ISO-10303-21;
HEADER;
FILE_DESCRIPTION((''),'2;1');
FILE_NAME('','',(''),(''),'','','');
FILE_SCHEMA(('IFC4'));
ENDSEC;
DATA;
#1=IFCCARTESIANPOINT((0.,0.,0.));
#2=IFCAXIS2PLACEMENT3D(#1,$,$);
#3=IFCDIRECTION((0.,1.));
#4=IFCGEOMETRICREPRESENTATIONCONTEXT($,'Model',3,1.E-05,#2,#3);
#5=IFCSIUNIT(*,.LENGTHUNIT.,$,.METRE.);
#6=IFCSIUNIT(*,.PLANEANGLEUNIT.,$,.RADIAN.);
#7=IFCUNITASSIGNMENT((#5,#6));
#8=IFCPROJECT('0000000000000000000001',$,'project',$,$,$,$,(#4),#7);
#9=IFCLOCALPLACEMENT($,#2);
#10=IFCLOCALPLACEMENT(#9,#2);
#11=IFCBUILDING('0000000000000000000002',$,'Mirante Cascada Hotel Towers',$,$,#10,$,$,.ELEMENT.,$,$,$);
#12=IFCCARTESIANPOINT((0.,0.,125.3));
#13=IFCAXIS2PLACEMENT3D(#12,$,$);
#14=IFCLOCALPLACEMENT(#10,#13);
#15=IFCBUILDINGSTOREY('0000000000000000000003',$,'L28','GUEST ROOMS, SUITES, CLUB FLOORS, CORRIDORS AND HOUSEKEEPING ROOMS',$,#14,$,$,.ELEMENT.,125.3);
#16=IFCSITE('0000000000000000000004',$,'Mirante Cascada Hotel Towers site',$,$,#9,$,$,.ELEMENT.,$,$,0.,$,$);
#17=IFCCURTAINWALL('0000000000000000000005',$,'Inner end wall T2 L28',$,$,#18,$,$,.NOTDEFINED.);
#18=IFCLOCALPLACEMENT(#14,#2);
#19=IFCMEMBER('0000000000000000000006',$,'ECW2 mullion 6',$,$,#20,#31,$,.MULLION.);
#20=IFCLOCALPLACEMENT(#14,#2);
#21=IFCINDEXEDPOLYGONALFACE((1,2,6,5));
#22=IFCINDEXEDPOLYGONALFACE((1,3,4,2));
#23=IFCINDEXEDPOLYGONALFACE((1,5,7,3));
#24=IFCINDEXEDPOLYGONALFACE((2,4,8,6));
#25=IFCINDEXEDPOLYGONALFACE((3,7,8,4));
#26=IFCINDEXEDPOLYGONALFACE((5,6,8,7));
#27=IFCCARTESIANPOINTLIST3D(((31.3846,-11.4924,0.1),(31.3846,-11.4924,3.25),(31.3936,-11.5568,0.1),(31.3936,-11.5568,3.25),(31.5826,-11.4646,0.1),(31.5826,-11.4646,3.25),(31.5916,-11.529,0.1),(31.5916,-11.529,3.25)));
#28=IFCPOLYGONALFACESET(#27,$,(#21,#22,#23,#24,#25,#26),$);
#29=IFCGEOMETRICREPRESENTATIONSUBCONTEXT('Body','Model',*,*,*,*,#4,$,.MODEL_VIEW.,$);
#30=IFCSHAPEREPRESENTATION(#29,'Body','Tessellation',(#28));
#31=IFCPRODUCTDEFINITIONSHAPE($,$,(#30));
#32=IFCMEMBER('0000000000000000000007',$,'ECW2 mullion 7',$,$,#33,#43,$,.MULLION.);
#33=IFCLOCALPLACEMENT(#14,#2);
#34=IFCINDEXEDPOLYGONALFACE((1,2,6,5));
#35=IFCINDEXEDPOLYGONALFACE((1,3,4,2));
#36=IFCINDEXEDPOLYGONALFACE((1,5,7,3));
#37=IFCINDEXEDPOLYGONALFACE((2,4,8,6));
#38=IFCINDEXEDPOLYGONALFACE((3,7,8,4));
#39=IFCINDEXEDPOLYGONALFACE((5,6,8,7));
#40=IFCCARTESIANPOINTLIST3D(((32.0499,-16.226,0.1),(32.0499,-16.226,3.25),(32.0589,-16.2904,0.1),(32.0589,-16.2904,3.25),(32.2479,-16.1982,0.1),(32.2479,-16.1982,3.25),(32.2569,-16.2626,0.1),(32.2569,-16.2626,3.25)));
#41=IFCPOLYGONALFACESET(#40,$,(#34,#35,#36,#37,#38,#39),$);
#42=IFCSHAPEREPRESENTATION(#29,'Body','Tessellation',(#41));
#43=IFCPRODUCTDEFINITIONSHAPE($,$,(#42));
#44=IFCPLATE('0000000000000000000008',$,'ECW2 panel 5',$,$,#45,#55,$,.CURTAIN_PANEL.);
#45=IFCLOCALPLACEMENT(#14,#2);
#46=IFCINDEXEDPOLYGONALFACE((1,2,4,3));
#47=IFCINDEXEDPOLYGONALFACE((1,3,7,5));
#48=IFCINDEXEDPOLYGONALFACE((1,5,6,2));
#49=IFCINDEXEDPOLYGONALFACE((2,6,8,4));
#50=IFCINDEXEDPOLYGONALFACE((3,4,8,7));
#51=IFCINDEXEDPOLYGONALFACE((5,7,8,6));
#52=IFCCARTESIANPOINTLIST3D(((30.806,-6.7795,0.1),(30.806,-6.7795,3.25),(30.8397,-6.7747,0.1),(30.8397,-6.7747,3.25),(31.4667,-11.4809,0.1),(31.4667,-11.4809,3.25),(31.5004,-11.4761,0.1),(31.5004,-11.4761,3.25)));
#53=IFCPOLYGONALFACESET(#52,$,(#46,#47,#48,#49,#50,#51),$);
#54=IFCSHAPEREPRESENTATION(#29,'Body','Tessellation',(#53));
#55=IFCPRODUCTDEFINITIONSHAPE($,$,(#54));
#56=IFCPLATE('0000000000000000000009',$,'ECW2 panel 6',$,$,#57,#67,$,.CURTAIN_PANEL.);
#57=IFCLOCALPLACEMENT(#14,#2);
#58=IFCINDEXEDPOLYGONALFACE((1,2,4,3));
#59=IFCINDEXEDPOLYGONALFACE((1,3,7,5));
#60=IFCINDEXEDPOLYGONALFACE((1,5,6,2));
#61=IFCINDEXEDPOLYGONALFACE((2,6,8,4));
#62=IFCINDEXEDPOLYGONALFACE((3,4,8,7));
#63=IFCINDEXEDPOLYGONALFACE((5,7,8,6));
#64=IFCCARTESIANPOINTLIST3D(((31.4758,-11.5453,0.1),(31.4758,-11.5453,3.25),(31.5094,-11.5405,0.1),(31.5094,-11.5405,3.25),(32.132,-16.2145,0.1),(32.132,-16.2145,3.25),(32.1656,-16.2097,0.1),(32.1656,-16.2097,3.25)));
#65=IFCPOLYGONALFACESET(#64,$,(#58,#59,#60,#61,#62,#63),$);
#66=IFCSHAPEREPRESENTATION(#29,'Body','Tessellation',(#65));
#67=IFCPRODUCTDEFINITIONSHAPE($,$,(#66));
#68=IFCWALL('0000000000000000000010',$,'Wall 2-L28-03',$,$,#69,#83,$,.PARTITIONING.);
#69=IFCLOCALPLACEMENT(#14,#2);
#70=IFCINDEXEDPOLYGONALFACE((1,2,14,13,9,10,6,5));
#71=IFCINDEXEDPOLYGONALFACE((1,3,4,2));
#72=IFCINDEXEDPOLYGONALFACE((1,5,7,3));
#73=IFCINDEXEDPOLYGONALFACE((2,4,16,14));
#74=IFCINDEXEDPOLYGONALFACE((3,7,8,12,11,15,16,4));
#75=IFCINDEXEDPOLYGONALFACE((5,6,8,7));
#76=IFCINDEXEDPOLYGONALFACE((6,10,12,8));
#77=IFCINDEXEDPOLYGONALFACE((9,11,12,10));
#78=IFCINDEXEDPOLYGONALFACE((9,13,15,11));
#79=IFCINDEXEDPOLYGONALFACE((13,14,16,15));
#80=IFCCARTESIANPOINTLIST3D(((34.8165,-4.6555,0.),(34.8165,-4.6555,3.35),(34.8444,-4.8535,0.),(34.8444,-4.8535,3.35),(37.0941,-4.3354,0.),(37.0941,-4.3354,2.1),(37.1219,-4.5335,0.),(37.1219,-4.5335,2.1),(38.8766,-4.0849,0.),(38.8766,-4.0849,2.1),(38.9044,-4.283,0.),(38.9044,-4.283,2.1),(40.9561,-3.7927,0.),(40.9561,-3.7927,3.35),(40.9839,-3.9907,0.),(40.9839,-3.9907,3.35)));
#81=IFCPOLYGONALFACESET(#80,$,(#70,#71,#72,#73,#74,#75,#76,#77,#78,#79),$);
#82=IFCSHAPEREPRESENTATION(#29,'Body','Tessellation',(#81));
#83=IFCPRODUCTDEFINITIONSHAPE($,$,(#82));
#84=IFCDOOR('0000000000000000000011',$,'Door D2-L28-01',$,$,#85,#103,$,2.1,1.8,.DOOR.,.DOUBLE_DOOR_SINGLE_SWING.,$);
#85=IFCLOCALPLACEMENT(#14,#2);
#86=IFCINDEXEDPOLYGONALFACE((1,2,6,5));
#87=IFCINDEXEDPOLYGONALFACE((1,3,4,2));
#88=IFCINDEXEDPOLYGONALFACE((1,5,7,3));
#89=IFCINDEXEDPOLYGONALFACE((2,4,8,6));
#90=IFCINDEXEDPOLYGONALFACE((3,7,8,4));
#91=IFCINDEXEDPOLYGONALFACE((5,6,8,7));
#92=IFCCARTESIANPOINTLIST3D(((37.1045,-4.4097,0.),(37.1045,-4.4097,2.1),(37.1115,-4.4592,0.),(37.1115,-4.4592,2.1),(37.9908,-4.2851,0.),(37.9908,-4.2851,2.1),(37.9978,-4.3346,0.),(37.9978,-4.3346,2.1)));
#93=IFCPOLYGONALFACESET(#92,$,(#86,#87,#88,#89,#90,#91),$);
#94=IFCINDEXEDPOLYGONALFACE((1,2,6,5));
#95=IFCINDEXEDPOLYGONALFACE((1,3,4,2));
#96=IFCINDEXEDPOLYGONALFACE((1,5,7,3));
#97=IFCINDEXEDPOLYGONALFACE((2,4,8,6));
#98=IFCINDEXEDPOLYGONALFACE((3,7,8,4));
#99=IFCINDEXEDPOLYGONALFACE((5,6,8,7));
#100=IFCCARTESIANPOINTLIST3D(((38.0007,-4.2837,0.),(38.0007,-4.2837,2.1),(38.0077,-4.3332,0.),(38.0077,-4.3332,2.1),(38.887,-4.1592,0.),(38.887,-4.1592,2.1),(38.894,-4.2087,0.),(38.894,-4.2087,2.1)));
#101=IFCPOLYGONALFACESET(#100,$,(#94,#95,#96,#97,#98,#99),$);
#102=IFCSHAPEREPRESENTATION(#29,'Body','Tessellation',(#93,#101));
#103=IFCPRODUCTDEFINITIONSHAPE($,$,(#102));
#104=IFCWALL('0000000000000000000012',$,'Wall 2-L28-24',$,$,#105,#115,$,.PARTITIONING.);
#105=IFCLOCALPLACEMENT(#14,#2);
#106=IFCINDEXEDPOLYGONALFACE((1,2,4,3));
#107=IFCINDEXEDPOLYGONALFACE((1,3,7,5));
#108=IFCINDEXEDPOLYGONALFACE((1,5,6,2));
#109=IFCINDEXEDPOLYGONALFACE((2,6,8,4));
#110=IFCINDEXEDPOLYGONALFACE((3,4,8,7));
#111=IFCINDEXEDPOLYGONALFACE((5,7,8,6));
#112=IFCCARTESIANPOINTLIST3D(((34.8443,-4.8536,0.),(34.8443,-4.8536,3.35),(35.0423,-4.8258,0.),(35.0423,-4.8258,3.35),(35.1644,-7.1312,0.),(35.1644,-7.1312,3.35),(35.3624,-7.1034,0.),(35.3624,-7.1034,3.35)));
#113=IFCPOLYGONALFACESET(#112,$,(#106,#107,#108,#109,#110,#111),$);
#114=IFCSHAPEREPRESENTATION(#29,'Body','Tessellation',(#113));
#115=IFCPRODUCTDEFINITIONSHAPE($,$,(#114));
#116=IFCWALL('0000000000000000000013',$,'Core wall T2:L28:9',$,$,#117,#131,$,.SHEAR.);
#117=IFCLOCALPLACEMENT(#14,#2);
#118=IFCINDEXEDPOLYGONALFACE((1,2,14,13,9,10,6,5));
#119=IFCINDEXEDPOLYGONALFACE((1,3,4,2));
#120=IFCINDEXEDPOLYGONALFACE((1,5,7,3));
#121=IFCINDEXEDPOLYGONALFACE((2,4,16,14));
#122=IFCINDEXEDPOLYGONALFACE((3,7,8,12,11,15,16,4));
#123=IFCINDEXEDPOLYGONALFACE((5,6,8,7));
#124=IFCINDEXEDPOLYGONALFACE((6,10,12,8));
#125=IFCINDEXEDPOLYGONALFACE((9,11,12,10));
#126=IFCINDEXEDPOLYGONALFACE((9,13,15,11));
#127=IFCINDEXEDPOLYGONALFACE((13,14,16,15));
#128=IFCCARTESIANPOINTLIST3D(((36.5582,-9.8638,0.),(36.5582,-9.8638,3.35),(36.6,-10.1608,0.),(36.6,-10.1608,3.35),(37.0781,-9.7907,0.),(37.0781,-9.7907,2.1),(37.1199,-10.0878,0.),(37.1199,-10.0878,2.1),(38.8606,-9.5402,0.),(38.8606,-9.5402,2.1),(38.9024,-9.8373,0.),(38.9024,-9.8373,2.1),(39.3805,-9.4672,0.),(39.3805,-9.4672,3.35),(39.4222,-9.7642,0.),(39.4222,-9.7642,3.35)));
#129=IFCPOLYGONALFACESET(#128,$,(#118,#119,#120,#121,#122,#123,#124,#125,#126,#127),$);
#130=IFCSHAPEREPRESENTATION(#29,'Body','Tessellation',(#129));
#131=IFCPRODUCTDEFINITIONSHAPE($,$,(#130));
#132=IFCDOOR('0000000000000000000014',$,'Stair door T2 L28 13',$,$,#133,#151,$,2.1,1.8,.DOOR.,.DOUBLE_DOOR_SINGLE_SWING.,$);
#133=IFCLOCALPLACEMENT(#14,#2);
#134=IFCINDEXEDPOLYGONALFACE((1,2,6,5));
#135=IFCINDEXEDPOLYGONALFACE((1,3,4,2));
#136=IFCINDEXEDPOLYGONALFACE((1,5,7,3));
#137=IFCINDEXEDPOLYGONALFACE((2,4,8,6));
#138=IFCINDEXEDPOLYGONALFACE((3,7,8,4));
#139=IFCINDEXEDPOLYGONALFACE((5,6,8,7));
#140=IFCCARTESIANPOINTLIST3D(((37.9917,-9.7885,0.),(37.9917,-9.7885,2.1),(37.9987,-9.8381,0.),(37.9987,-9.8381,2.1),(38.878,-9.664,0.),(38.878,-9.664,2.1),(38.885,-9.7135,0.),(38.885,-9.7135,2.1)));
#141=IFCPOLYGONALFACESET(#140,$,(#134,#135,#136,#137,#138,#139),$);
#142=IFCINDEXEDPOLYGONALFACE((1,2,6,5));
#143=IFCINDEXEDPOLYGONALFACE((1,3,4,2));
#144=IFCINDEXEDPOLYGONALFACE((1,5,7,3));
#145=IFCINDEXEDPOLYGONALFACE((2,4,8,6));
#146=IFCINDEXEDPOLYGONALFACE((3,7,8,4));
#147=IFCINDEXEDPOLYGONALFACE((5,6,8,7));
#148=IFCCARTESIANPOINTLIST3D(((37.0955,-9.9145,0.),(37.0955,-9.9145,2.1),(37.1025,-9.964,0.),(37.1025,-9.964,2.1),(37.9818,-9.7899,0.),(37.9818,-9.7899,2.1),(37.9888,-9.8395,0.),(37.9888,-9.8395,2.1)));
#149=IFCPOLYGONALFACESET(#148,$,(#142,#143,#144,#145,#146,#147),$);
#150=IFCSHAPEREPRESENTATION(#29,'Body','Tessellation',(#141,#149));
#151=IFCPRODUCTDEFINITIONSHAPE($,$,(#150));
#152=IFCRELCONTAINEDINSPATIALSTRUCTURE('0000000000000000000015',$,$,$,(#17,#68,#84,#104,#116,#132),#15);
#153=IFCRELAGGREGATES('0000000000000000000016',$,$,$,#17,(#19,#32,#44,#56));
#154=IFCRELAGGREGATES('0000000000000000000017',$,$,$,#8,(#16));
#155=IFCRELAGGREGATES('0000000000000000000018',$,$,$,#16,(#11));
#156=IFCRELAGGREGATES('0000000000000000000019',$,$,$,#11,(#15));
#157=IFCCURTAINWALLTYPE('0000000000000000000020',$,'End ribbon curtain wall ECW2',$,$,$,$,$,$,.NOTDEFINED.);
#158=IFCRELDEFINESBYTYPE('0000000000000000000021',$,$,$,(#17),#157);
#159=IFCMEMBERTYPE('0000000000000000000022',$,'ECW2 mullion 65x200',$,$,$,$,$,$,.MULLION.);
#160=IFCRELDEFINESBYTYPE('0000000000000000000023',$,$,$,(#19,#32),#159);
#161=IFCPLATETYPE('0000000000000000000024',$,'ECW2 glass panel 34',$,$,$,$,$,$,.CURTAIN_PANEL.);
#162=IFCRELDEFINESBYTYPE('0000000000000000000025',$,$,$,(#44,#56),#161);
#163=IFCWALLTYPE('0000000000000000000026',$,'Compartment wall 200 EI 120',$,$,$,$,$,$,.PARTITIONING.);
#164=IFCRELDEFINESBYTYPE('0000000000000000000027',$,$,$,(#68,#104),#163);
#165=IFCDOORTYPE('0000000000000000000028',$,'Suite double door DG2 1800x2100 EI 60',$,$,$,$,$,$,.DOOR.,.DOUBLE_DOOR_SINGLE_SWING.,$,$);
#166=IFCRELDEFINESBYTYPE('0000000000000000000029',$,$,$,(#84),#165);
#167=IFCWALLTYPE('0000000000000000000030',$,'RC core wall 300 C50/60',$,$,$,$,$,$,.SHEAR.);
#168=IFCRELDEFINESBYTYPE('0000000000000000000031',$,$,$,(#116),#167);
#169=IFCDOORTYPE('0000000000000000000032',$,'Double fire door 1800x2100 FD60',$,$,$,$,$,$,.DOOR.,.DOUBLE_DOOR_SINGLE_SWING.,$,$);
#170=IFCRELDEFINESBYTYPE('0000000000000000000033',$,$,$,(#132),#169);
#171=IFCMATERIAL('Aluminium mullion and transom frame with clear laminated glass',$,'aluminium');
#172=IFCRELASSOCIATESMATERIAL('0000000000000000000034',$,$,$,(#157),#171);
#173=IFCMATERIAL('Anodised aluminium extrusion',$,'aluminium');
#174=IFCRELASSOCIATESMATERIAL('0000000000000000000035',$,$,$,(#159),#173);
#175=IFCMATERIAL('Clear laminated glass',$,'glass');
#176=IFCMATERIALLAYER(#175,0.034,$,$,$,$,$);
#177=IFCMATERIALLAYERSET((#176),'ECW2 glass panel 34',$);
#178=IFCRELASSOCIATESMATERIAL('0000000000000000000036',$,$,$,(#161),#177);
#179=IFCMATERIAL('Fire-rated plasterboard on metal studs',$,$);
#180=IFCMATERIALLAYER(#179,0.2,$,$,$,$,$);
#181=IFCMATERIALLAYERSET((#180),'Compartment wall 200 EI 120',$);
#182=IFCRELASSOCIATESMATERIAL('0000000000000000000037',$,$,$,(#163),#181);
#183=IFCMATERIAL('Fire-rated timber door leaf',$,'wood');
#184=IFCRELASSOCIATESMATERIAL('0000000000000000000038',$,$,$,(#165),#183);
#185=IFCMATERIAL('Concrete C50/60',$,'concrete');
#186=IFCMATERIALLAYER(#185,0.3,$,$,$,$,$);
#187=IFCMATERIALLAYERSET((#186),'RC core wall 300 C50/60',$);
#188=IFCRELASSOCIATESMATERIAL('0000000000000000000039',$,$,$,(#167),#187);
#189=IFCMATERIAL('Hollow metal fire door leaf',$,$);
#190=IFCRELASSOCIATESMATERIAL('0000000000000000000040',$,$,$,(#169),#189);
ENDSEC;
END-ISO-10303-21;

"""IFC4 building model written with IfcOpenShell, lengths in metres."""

from ifc_helpers import new_model, si_unit, direction, frame, frame_2d, origin, origin_2d, place, context, subcontext, project, spatial, rectangle, extrude, material, layer, layer_set, material_profile, profile_set, type_object, element, fill, aggregate, save


model = new_model("IFC4")

# Units and contexts
model_context = context("Model", 3, precision=1e-05, world=origin(), true_north=direction((0.0, 1.0)))
body_context = subcontext(model_context, "Body", "Model", "MODEL_VIEW")
ifc_project = project(units=[si_unit("LENGTHUNIT", "METRE"), si_unit("PLANEANGLEUNIT", "RADIAN")], contexts=[model_context])

# Site, building, storey
site_placement = place(None, origin())
site = spatial("IfcSite", under=ifc_project, at=site_placement, Name="Mirante Cascada Hotel Towers site", CompositionType="ELEMENT", RefElevation=0.0)
building_placement = place(site_placement, origin())
building = spatial("IfcBuilding", under=site, at=building_placement, Name="Mirante Cascada Hotel Towers", CompositionType="ELEMENT")
storey_placement = place(building_placement, frame((0.0, 0.0, 125.3)))
storey = spatial("IfcBuildingStorey", under=building, at=storey_placement, Name="L28", Description="GUEST ROOMS, SUITES, CLUB FLOORS, CORRIDORS AND HOUSEKEEPING ROOMS", CompositionType="ELEMENT", Elevation=125.3)

# Curtain wall, members, plates
ifc_material_1 = material(Name="Aluminium mullion and transom frame with clear laminated glass", Category="aluminium")
curtain_wall_type = type_object("IfcCurtainWallType", Name="End ribbon curtain wall ECW2", PredefinedType="NOTDEFINED", material=ifc_material_1)
curtain_wall_placement = place(storey_placement, origin())
curtain_wall = element("IfcCurtainWall", 1, at=curtain_wall_placement, inside=storey, type_object=curtain_wall_type, Name="Inner end wall T2 L28", PredefinedType="NOTDEFINED")
ifc_material_2 = material(Name="Anodised aluminium extrusion", Category="aluminium")
ifc_material_profile = material_profile(ifc_material_2, rectangle(XDim=0.2, YDim=0.065, at=origin_2d()), Name="ECW2 MULLION 65x200")
ifc_profile_set = profile_set([ifc_material_profile], Name="Anodised aluminium extrusion")
member_type = type_object("IfcMemberType", Name="ECW2 mullion 65x200", PredefinedType="MULLION", material=ifc_profile_set)
member_1_placement = place(storey_placement, frame((31.4881, -11.5107, 0.1), z_axis=(0.0, 0.0, 1.0), x_axis=(0.990268, 0.139173, 0.0)))
member_1 = element("IfcMember", 2, at=member_1_placement, type_object=member_type, Name="ECW2 mullion 6", PredefinedType="MULLION", context=body_context, shape_type="SweptSolid", body=[
    extrude(rectangle(XDim=0.2, YDim=0.065, at=origin_2d()), origin(), (0.0, 0.0, 1.0), 3.15),
])
member_2_placement = place(storey_placement, frame((32.1534, -16.2443, 0.1), z_axis=(0.0, 0.0, 1.0), x_axis=(0.990268, 0.139173, 0.0)))
member_2 = element("IfcMember", 3, at=member_2_placement, type_object=member_type, Name="ECW2 mullion 7", PredefinedType="MULLION", context=body_context, shape_type="SweptSolid", body=[
    extrude(rectangle(XDim=0.2, YDim=0.065, at=origin_2d()), origin(), (0.0, 0.0, 1.0), 3.15),
])
ifc_material_3 = material(Name="Clear laminated glass", Category="glass")
ifc_layer_1 = layer(ifc_material_3, 0.034)
ifc_layer_set_1 = layer_set([ifc_layer_1], Name="ECW2 glass panel 34")
plate_type = type_object("IfcPlateType", Name="ECW2 glass panel 34", PredefinedType="CURTAIN_PANEL", material=ifc_layer_set_1)
plate_1_placement = place(storey_placement, frame((31.1532, -9.1278, 0.1), z_axis=(0.0, 0.0, 1.0), x_axis=(0.139173, -0.990268, 0.0)))
plate_1 = element("IfcPlate", 4, at=plate_1_placement, type_object=plate_type, Name="ECW2 panel 5", PredefinedType="CURTAIN_PANEL", context=body_context, shape_type="SweptSolid", body=[
    extrude(rectangle(XDim=4.7476, YDim=0.034, at=origin_2d()), origin(), (0.0, 0.0, 1.0), 3.15),
])
plate_2_placement = place(storey_placement, frame((31.8207, -13.8775, 0.1), z_axis=(0.0, 0.0, 1.0), x_axis=(0.139173, -0.990268, 0.0)))
plate_2 = element("IfcPlate", 5, at=plate_2_placement, type_object=plate_type, Name="ECW2 panel 6", PredefinedType="CURTAIN_PANEL", context=body_context, shape_type="SweptSolid", body=[
    extrude(rectangle(XDim=4.7151, YDim=0.034, at=origin_2d()), origin(), (0.0, 0.0, 1.0), 3.15),
])
aggregate(curtain_wall, [member_1, member_2, plate_1, plate_2])

# Wall, opening, door
ifc_material_4 = material(Name="Fire-rated plasterboard on metal studs")
ifc_layer_2 = layer(ifc_material_4, 0.2)
ifc_layer_set_2 = layer_set([ifc_layer_2], Name="Compartment wall 200 EI 120")
wall_type_1 = type_object("IfcWallType", Name="Compartment wall 200 EI 120", PredefinedType="PARTITIONING", material=ifc_layer_set_2)
wall_1_placement = place(storey_placement, frame((34.8304, -4.7545, 0.0), z_axis=(0.0, 0.0, 1.0), x_axis=(0.99027, 0.139163, 0.0)))
wall_1 = element("IfcWall", 6, at=wall_1_placement, inside=storey, type_object=wall_type_1, Name="Wall 2-L28-03", PredefinedType="PARTITIONING", context=body_context, shape_type="SweptSolid", body=[
    extrude(rectangle(XDim=6.1999, YDim=0.2, at=frame_2d((3.1, 0.0))), origin(), (0.0, 0.0, 1.0), 3.35),
])
opening_1_placement = place(wall_1_placement, frame((2.3, 0.0, 0.0)))
opening_1 = element("IfcOpeningElement", 7, at=opening_1_placement, cuts=wall_1, PredefinedType="OPENING", context=body_context, shape_type="SweptSolid", body=[
    extrude(rectangle(XDim=1.8, YDim=2.1, at=frame_2d((0.9, 1.05))), frame((0.0, 0.1, 0.0), z_axis=(0.0, -1.0, 0.0), x_axis=(1.0, 0.0, 0.0)), (0.0, 0.0, 1.0), 0.2),
])
ifc_material_5 = material(Name="Fire-rated timber door leaf", Category="wood")
door_type_1 = type_object("IfcDoorType", Name="Suite double door DG2 1800x2100 EI 60", OperationType="DOUBLE_DOOR_SINGLE_SWING", PredefinedType="DOOR", material=ifc_material_5)
door_1_placement = place(opening_1_placement, origin())
door_1 = element("IfcDoor", 8, at=door_1_placement, inside=storey, type_object=door_type_1, Name="Door D2-L28-01", OperationType="DOUBLE_DOOR_SINGLE_SWING", OverallHeight=2.1, OverallWidth=1.8, PredefinedType="DOOR", context=body_context, shape_type="SweptSolid", body=[
    extrude(rectangle(XDim=0.895, YDim=2.1, at=frame_2d((0.4475, 1.05))), frame((0.0, 0.025, 0.0), z_axis=(0.0, -1.0, 0.0), x_axis=(1.0, 0.0, 0.0)), (0.0, 0.0, 1.0), 0.05),
    extrude(rectangle(XDim=0.895, YDim=2.1, at=frame_2d((1.3525, 1.05))), frame((0.0, 0.025, 0.0), z_axis=(0.0, -1.0, 0.0), x_axis=(1.0, 0.0, 0.0)), (0.0, 0.0, 1.0), 0.05),
])
fill(opening_1, door_1)

# Wall
wall_2_placement = place(storey_placement, frame((34.9433, -4.8397, 0.0), z_axis=(0.0, 0.0, 1.0), x_axis=(0.139175, -0.990268, 0.0)))
element("IfcWall", 9, at=wall_2_placement, inside=storey, type_object=wall_type_1, Name="Wall 2-L28-24", PredefinedType="PARTITIONING", context=body_context, shape_type="SweptSolid", body=[
    extrude(rectangle(XDim=2.3, YDim=0.2, at=frame_2d((1.15, 0.0))), origin(), (0.0, 0.0, 1.0), 3.35),
])

# Wall, opening, door
ifc_material_6 = material(Name="Concrete C50/60", Category="concrete")
ifc_layer_3 = layer(ifc_material_6, 0.3)
ifc_layer_set_3 = layer_set([ifc_layer_3], Name="RC core wall 300 C50/60")
wall_type_2 = type_object("IfcWallType", Name="RC core wall 300 C50/60", PredefinedType="SHEAR", material=ifc_layer_set_3)
wall_3_placement = place(storey_placement, frame((36.5791, -10.0123, 0.0), z_axis=(0.0, 0.0, 1.0), x_axis=(0.99027, 0.139156, 0.0)))
wall_3 = element("IfcWall", 10, at=wall_3_placement, inside=storey, type_object=wall_type_2, Name="Core wall T2:L28:9", PredefinedType="SHEAR", context=body_context, shape_type="SweptSolid", body=[
    extrude(rectangle(XDim=2.85, YDim=0.3, at=frame_2d((1.425, 0.0))), origin(), (0.0, 0.0, 1.0), 3.35),
])
opening_2_placement = place(wall_3_placement, frame((0.525, 0.0, 0.0)))
opening_2 = element("IfcOpeningElement", 11, at=opening_2_placement, cuts=wall_3, PredefinedType="OPENING", context=body_context, shape_type="SweptSolid", body=[
    extrude(rectangle(XDim=1.8, YDim=2.1, at=frame_2d((0.9, 1.05))), frame((0.0, 0.15, 0.0), z_axis=(0.0, -1.0, 0.0), x_axis=(1.0, 0.0, 0.0)), (0.0, 0.0, 1.0), 0.3),
])
ifc_material_7 = material(Name="Hollow metal fire door leaf")
door_type_2 = type_object("IfcDoorType", Name="Double fire door 1800x2100 FD60", OperationType="DOUBLE_DOOR_SINGLE_SWING", PredefinedType="DOOR", material=ifc_material_7)
door_2_placement = place(opening_2_placement, frame((1.8, 0.0, 0.0), z_axis=(0.0, 0.0, 1.0), x_axis=(-1.0, 0.0, 0.0)))
door_2 = element("IfcDoor", 12, at=door_2_placement, inside=storey, type_object=door_type_2, Name="Stair door T2 L28 13", OperationType="DOUBLE_DOOR_SINGLE_SWING", OverallHeight=2.1, OverallWidth=1.8, PredefinedType="DOOR", context=body_context, shape_type="SweptSolid", body=[
    extrude(rectangle(XDim=0.895, YDim=2.1, at=frame_2d((0.4475, 1.05))), frame((0.0, 0.025, 0.0), z_axis=(0.0, -1.0, 0.0), x_axis=(1.0, 0.0, 0.0)), (0.0, 0.0, 1.0), 0.05),
    extrude(rectangle(XDim=0.895, YDim=2.1, at=frame_2d((1.3525, 1.05))), frame((0.0, 0.025, 0.0), z_axis=(0.0, -1.0, 0.0), x_axis=(1.0, 0.0, 0.0)), (0.0, 0.0, 1.0), 0.05),
])
fill(opening_2, door_2)

save(model, "model.ifc")
